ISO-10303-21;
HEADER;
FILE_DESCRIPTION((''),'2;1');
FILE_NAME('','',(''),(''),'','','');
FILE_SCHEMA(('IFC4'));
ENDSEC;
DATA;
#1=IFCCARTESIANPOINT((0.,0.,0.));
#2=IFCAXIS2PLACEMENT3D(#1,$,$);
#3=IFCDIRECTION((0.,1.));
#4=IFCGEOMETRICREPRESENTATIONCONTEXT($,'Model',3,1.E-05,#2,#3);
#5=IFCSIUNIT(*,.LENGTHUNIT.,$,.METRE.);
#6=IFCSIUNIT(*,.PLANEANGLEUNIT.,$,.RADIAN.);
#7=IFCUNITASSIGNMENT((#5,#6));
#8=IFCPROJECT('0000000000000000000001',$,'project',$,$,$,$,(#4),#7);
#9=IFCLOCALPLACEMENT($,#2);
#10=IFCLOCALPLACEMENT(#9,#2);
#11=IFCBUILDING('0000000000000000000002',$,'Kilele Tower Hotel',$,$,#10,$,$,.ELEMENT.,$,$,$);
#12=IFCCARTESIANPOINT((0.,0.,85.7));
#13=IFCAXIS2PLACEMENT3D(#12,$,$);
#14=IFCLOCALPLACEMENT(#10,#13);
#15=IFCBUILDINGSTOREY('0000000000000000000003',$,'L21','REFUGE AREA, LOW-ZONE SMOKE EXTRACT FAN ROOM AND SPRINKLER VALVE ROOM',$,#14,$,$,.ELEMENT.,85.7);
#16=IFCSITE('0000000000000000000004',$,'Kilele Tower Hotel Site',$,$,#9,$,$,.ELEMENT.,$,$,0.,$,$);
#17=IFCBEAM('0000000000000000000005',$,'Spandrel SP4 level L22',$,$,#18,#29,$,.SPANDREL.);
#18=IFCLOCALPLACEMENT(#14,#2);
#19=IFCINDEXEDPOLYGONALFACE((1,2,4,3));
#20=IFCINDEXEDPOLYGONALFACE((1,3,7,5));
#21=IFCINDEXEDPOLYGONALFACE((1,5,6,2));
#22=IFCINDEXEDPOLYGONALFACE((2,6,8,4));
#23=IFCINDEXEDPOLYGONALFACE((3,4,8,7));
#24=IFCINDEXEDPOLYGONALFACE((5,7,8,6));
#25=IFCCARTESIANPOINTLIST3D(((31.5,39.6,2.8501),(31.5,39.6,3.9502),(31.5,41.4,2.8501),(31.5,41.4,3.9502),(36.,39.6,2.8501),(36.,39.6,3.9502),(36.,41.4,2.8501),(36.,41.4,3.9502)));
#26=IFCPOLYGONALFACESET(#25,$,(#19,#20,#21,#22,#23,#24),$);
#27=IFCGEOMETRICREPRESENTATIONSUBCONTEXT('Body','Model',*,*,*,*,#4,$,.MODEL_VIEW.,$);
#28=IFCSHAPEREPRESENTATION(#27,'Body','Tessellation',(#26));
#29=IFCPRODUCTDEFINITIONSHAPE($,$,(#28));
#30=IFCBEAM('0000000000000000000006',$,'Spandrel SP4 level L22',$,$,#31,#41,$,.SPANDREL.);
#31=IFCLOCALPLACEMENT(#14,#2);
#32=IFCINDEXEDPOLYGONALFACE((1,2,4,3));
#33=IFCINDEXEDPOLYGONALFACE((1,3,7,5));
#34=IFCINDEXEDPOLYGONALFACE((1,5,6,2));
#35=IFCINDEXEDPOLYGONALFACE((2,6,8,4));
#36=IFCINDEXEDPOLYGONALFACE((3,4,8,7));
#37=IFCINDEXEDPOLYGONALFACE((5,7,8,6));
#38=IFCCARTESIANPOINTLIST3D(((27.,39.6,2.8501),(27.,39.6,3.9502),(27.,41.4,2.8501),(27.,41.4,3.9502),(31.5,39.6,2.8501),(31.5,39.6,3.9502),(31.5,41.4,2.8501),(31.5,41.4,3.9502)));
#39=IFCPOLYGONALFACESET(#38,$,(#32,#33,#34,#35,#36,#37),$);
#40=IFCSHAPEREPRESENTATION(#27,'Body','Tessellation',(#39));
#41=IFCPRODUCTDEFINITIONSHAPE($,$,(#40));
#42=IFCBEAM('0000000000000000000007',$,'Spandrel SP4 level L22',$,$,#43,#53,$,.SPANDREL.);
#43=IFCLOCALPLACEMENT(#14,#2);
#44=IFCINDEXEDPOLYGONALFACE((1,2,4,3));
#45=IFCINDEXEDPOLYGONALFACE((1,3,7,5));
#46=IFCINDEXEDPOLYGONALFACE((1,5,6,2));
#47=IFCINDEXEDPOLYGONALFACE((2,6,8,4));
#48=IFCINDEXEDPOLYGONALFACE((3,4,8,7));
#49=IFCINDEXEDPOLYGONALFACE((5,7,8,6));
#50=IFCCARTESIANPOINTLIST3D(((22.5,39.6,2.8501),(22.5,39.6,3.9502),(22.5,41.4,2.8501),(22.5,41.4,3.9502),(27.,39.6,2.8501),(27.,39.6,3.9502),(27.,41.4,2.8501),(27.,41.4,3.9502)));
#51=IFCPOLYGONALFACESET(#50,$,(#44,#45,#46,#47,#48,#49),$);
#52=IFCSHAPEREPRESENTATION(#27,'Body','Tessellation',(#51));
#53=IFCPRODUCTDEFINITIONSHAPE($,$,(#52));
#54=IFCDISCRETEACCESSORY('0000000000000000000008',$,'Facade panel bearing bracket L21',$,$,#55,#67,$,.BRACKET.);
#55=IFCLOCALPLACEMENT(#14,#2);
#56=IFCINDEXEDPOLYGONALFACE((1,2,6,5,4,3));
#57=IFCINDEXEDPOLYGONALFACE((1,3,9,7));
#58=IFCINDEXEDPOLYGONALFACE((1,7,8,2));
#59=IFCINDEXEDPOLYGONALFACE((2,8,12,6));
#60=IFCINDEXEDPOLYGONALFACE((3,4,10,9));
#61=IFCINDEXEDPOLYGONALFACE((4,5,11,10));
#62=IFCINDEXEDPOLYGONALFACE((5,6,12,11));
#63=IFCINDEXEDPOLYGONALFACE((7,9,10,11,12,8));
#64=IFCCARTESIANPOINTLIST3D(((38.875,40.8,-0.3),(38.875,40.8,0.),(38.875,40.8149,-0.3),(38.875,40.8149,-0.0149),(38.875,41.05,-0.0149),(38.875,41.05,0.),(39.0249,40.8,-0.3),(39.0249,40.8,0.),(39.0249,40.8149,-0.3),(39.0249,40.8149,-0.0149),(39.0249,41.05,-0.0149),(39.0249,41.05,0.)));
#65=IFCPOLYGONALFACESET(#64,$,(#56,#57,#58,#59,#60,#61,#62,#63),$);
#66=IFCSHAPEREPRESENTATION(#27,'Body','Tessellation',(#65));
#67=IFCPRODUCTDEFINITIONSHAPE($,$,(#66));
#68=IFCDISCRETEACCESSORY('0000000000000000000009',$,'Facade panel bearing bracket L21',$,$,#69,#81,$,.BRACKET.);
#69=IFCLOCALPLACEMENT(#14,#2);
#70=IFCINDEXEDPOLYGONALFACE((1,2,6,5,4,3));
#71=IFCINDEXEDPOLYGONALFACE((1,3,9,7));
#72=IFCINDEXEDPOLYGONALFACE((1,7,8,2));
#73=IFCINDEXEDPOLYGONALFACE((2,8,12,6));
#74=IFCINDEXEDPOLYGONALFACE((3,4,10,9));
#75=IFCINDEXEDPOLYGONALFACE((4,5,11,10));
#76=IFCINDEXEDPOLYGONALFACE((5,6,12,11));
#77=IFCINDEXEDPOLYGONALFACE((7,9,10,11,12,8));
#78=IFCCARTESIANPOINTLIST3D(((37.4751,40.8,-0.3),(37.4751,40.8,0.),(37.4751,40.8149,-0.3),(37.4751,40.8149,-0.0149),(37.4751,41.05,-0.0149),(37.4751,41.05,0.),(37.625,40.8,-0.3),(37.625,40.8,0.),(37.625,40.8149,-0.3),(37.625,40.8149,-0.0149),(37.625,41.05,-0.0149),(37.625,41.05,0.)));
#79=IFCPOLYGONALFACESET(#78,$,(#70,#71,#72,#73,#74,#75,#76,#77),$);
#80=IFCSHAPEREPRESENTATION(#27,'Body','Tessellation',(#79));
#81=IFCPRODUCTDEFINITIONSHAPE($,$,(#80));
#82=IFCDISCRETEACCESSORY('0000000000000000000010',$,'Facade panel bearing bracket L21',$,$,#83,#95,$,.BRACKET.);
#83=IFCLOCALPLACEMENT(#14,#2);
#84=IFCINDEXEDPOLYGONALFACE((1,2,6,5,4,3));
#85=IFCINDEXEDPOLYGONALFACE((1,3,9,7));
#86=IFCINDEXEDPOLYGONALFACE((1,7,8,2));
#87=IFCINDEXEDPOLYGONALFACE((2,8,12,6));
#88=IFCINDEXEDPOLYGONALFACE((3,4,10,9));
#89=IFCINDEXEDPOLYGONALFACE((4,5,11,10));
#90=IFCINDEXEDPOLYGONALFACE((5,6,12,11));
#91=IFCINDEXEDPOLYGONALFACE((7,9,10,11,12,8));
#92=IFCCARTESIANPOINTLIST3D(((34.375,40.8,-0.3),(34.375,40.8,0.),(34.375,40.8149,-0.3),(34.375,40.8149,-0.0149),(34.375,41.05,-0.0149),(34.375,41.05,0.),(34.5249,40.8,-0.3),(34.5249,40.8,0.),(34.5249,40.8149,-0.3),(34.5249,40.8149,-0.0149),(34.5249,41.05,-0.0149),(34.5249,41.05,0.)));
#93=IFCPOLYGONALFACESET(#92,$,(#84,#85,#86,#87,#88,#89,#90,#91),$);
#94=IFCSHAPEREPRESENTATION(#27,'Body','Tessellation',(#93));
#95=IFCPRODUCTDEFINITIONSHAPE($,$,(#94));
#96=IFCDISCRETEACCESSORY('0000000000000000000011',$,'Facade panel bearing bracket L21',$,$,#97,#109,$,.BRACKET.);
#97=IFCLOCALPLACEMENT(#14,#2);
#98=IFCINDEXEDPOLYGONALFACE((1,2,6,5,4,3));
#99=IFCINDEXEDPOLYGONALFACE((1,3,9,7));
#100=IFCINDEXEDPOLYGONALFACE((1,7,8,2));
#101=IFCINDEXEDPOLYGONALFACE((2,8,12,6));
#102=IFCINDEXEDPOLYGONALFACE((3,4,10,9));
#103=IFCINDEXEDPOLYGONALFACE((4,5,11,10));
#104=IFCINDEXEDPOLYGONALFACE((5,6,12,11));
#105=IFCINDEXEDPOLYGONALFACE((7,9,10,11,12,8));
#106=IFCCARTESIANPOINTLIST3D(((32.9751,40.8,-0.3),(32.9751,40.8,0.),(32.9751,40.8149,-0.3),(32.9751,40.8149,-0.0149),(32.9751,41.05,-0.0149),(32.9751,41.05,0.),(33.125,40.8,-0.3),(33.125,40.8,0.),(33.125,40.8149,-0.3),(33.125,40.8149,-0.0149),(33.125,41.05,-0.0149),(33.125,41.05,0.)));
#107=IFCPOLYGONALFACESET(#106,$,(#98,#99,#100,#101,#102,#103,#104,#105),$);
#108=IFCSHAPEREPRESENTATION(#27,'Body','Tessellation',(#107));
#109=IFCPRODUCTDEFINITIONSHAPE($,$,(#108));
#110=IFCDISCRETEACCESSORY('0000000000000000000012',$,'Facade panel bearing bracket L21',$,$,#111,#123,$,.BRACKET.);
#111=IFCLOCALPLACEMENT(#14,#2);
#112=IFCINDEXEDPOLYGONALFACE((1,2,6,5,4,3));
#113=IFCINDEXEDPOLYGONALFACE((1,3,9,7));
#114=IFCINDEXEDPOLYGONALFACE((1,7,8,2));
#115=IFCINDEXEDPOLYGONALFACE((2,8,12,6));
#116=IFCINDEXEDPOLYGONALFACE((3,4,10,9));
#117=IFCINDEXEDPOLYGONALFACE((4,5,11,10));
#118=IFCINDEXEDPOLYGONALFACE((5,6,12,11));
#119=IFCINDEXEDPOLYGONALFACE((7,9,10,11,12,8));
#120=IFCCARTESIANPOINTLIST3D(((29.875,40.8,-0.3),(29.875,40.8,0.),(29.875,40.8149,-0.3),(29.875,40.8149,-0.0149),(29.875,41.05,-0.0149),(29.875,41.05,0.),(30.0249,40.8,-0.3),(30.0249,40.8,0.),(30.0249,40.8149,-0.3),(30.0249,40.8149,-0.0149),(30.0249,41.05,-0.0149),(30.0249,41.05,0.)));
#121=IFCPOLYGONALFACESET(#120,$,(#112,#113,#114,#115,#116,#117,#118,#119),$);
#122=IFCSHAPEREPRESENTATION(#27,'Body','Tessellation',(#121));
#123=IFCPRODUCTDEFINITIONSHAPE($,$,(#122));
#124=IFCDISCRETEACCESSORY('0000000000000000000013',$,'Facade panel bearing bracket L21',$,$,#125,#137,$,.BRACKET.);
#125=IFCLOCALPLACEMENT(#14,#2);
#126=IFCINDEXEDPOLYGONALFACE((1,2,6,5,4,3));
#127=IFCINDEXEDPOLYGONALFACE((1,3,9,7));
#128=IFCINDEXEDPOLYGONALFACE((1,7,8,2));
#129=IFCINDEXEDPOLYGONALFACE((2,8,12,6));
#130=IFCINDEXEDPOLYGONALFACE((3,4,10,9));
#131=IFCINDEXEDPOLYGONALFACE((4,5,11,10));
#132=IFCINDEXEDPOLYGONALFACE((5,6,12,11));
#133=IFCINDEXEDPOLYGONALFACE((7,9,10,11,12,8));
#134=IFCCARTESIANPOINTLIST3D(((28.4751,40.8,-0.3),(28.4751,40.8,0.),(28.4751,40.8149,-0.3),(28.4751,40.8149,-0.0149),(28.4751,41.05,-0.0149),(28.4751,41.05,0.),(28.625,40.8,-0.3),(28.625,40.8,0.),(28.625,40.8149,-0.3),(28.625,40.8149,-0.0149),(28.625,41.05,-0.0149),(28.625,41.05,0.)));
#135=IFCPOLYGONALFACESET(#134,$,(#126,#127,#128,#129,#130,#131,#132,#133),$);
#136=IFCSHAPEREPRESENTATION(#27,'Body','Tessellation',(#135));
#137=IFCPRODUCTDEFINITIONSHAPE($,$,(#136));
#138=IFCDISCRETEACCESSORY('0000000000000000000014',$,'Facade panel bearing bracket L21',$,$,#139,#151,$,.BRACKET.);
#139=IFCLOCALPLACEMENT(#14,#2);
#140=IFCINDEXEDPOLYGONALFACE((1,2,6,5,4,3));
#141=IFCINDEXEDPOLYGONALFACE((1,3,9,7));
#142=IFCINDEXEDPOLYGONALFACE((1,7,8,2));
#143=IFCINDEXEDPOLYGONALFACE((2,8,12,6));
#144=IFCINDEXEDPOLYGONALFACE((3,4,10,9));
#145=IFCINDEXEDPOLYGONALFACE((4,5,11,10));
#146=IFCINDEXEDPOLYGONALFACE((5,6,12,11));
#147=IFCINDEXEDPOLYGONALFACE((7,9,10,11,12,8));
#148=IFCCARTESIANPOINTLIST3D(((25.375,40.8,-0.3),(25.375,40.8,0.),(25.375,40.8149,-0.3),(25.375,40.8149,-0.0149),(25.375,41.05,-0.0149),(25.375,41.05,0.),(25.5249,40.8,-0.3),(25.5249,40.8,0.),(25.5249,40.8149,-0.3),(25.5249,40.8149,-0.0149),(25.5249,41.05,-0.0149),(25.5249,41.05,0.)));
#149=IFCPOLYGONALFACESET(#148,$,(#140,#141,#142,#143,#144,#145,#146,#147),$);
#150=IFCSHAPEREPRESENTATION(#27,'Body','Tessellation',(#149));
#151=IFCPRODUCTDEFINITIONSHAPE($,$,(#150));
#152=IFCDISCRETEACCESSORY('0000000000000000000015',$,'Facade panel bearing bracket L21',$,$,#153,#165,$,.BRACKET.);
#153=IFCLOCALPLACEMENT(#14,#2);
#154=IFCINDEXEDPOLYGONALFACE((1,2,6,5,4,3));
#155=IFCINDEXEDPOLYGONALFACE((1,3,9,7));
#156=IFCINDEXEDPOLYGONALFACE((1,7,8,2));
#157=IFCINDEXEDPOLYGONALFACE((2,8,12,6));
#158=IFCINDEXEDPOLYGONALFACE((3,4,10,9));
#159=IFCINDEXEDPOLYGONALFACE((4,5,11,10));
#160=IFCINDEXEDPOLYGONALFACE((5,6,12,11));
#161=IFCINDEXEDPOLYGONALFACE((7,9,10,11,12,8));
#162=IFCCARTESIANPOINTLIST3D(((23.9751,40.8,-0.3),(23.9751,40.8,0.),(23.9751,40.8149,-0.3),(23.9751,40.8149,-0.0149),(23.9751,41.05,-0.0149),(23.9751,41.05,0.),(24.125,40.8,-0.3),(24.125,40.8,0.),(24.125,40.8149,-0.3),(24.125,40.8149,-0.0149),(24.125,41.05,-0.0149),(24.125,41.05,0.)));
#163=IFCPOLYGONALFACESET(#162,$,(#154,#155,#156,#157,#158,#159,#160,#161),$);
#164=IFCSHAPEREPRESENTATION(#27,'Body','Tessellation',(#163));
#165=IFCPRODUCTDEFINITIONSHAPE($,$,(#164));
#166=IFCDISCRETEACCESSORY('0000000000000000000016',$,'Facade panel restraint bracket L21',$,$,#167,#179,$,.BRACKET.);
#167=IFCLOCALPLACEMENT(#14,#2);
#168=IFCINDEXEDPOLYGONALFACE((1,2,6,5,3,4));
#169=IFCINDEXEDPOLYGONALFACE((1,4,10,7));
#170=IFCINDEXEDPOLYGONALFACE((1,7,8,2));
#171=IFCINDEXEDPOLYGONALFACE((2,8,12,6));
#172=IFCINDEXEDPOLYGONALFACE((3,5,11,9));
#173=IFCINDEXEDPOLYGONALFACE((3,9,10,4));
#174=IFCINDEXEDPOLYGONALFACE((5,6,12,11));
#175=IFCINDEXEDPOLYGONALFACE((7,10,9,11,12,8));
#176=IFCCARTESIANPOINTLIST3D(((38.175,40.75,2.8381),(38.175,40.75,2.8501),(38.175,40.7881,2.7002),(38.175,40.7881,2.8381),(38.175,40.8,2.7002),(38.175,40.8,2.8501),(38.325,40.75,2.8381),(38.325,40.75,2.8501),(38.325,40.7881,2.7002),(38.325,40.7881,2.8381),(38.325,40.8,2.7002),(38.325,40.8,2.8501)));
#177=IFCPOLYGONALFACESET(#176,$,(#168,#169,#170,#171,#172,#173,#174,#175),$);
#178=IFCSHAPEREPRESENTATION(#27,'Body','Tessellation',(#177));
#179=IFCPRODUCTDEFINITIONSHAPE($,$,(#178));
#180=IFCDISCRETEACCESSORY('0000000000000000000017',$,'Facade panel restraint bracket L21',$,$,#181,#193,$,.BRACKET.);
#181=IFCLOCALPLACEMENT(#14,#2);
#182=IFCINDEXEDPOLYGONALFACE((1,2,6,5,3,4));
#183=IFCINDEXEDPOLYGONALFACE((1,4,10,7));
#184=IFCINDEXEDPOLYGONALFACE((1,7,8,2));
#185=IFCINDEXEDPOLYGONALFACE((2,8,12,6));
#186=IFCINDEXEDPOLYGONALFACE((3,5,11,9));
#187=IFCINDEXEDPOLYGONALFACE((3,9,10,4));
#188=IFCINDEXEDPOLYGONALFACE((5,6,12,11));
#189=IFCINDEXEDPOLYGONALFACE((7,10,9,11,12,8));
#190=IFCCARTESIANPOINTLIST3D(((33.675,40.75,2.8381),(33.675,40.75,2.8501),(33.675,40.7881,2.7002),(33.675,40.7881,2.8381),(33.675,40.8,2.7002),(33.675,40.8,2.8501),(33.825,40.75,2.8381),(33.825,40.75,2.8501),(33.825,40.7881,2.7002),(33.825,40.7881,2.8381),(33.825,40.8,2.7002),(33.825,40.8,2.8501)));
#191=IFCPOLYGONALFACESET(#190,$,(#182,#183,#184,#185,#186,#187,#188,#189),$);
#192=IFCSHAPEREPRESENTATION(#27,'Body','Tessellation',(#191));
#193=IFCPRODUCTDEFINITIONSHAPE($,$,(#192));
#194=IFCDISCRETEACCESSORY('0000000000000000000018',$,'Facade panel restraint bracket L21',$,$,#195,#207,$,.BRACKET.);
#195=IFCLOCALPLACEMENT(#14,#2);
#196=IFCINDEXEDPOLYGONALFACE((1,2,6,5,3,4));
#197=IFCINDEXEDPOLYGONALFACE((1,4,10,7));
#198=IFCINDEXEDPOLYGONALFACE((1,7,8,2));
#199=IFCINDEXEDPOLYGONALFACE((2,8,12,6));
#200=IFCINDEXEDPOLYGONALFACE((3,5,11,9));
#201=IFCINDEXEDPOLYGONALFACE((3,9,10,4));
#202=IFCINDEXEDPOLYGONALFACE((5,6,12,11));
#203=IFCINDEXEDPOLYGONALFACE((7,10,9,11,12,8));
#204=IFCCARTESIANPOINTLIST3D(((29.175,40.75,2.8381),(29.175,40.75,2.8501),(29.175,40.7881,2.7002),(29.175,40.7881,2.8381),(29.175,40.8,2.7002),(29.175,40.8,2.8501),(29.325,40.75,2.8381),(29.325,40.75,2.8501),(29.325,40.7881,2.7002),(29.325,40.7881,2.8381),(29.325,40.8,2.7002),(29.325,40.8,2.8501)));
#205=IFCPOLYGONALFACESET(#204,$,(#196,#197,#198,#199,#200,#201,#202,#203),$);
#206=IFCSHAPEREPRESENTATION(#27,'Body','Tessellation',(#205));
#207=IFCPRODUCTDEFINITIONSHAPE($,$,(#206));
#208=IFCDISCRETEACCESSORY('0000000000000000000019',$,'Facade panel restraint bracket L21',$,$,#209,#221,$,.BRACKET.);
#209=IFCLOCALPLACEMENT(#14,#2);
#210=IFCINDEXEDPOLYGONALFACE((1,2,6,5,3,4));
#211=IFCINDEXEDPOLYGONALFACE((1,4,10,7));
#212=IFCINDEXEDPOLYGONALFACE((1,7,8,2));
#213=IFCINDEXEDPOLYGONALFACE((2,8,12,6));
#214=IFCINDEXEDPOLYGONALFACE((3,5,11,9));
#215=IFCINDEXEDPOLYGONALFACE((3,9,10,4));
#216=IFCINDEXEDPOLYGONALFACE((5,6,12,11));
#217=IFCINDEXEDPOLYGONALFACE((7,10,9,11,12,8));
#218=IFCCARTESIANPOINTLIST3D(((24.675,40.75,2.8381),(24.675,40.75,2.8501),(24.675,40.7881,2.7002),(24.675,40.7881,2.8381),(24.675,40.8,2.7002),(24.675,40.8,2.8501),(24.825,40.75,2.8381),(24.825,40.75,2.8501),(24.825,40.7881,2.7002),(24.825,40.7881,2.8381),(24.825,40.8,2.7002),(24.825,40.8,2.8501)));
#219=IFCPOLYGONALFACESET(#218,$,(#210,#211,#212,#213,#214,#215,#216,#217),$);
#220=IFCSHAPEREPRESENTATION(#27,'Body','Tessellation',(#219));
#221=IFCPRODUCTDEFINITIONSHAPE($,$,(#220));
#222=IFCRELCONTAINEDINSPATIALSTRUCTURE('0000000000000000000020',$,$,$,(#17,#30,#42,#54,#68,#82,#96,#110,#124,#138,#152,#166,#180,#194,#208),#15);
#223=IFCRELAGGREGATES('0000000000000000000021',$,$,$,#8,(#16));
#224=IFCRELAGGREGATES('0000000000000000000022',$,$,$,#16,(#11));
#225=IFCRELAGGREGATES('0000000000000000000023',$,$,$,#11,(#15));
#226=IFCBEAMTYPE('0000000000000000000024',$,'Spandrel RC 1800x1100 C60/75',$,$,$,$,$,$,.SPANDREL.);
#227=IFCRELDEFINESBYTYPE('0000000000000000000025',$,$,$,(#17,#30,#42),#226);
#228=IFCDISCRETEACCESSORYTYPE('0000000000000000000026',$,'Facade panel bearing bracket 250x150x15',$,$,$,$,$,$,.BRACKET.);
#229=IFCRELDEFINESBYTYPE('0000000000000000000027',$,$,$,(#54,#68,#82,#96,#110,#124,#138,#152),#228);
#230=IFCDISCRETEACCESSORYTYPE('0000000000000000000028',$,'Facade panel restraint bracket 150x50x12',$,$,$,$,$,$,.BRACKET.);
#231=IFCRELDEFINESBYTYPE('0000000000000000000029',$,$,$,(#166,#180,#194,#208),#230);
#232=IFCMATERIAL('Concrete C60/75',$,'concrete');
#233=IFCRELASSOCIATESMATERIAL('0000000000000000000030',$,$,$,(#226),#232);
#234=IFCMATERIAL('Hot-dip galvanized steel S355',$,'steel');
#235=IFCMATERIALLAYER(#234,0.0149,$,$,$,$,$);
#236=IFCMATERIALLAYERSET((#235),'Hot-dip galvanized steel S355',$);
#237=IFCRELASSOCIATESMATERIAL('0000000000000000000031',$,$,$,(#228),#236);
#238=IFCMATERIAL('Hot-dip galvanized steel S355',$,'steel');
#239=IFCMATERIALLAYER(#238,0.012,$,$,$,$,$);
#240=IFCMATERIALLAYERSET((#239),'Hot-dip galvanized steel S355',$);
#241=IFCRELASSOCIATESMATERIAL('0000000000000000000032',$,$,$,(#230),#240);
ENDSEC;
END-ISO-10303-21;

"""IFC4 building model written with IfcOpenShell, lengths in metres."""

from ifc_helpers import new_model, si_unit, direction, frame, origin, origin_2d, place, context, subcontext, project, spatial, polyline, rectangle, outline, extrude, source, transform, mapped, material, layer, layer_set, material_profile, profile_set, type_object, element, save


model = new_model("IFC4")

# Units and contexts
model_context = context("Model", 3, precision=1e-05, world=origin(), true_north=direction((0.0, 1.0)))
body_context = subcontext(model_context, "Body", "Model", "MODEL_VIEW")
ifc_project = project(units=[si_unit("LENGTHUNIT", "METRE"), si_unit("PLANEANGLEUNIT", "RADIAN")], contexts=[model_context])

# Site, building, storey
site_placement = place(None, origin())
site = spatial("IfcSite", under=ifc_project, at=site_placement, Name="Kilele Tower Hotel Site", CompositionType="ELEMENT", RefElevation=0.0)
building_placement = place(site_placement, origin())
building = spatial("IfcBuilding", under=site, at=building_placement, Name="Kilele Tower Hotel", CompositionType="ELEMENT")
storey_placement = place(building_placement, frame((0.0, 0.0, 85.7)))
storey = spatial("IfcBuildingStorey", under=building, at=storey_placement, Name="L21", Description="REFUGE AREA, LOW-ZONE SMOKE EXTRACT FAN ROOM AND SPRINKLER VALVE ROOM", CompositionType="ELEMENT", Elevation=85.7)

# Beams
ifc_material_1 = material(Name="Concrete C60/75", Category="concrete")
ifc_material_profile_1 = material_profile(ifc_material_1, rectangle(XDim=1.8, YDim=1.1001, at=origin_2d()))
ifc_profile_set_1 = profile_set([ifc_material_profile_1], Name="Concrete C60/75")
beam_type_1 = type_object("IfcBeamType", Name="Spandrel RC 1800x1100 C60/75", PredefinedType="SPANDREL", material=ifc_profile_set_1)
for number, where, z_axis, x_axis, name in (
    (1, (36.0, 40.5, 3.4001), (-1.0, 0.0, 0.0), (0.0, -1.0, 0.0), "Spandrel SP4 level L22"),
    (2, (31.5, 40.5, 3.4001), (-1.0, 0.0, 0.0), (0.0, -1.0, 0.0), "Spandrel SP4 level L22"),
    (3, (27.0, 40.5, 3.4001), (-1.0, 0.0, 0.0), (0.0, -1.0, 0.0), "Spandrel SP4 level L22"),
):
    element("IfcBeam", number, at=place(storey_placement, frame(where, z_axis=z_axis, x_axis=x_axis)), inside=storey, type_object=beam_type_1, Name=name, PredefinedType="SPANDREL", context=body_context, shape_type="SweptSolid", body=[
        extrude(rectangle(XDim=1.8, YDim=1.1001, at=origin_2d()), origin(), (0.0, 0.0, 1.0), 4.5),
    ])

# Discrete accessories
ifc_material_2 = material(Name="Hot-dip galvanized steel S355", Category="steel")
ifc_layer_1 = layer(ifc_material_2, 0.0149)
ifc_layer_set_1 = layer_set([ifc_layer_1], Name="Hot-dip galvanized steel S355")
discrete_accessory_type_1 = type_object("IfcDiscreteAccessoryType", Name="Facade panel bearing bracket 250x150x15", PredefinedType="BRACKET", material=ifc_layer_set_1)
shared_shape_1 = source(origin(), body_context, "Body", "SweptSolid", [
    extrude(outline(polyline([(0.0, 0.0), (0.25, 0.0), (0.25, -0.0149), (0.0149, -0.0149), (0.0149, -0.3), (0.0, -0.3), (0.0, 0.0)])), origin(), (0.0, 0.0, 1.0), 0.1499),
])
for number, where, z_axis, x_axis, name in (
    (4, (38.875, 40.8, 0.0), (1.0, 0.0, 0.0), (0.0, 1.0, 0.0), "Facade panel bearing bracket L21"),
    (5, (37.4751, 40.8, 0.0), (1.0, 0.0, 0.0), (0.0, 1.0, 0.0), "Facade panel bearing bracket L21"),
    (6, (34.375, 40.8, 0.0), (1.0, 0.0, 0.0), (0.0, 1.0, 0.0), "Facade panel bearing bracket L21"),
    (7, (32.9751, 40.8, 0.0), (1.0, 0.0, 0.0), (0.0, 1.0, 0.0), "Facade panel bearing bracket L21"),
    (8, (29.875, 40.8, 0.0), (1.0, 0.0, 0.0), (0.0, 1.0, 0.0), "Facade panel bearing bracket L21"),
    (9, (28.4751, 40.8, 0.0), (1.0, 0.0, 0.0), (0.0, 1.0, 0.0), "Facade panel bearing bracket L21"),
    (10, (25.375, 40.8, 0.0), (1.0, 0.0, 0.0), (0.0, 1.0, 0.0), "Facade panel bearing bracket L21"),
    (11, (23.9751, 40.8, 0.0), (1.0, 0.0, 0.0), (0.0, 1.0, 0.0), "Facade panel bearing bracket L21"),
):
    element("IfcDiscreteAccessory", number, at=place(storey_placement, frame(where, z_axis=z_axis, x_axis=x_axis)), inside=storey, type_object=discrete_accessory_type_1, Name=name, PredefinedType="BRACKET", context=body_context, shape_type="MappedRepresentation", body=[
        mapped(shared_shape_1, transform((0.0, 0.0, 0.0))),
    ])
ifc_material_3 = material(Name="Hot-dip galvanized steel S355", Category="steel")
ifc_layer_2 = layer(ifc_material_3, 0.012)
ifc_layer_set_2 = layer_set([ifc_layer_2], Name="Hot-dip galvanized steel S355")
discrete_accessory_type_2 = type_object("IfcDiscreteAccessoryType", Name="Facade panel restraint bracket 150x50x12", PredefinedType="BRACKET", material=ifc_layer_set_2)
shared_shape_2 = source(origin(), body_context, "Body", "SweptSolid", [
    extrude(outline(polyline([(0.0, 0.0), (0.0, -0.1499), (-0.012, -0.1499), (-0.012, -0.012), (-0.05, -0.012), (-0.05, 0.0), (0.0, 0.0)])), origin(), (0.0, 0.0, 1.0), 0.1499),
])
for number, where, z_axis, x_axis, name in (
    (12, (38.175, 40.8, 2.8501), (1.0, 0.0, 0.0), (0.0, 1.0, 0.0), "Facade panel restraint bracket L21"),
    (13, (33.675, 40.8, 2.8501), (1.0, 0.0, 0.0), (0.0, 1.0, 0.0), "Facade panel restraint bracket L21"),
    (14, (29.175, 40.8, 2.8501), (1.0, 0.0, 0.0), (0.0, 1.0, 0.0), "Facade panel restraint bracket L21"),
    (15, (24.675, 40.8, 2.8501), (1.0, 0.0, 0.0), (0.0, 1.0, 0.0), "Facade panel restraint bracket L21"),
):
    element("IfcDiscreteAccessory", number, at=place(storey_placement, frame(where, z_axis=z_axis, x_axis=x_axis)), inside=storey, type_object=discrete_accessory_type_2, Name=name, PredefinedType="BRACKET", context=body_context, shape_type="MappedRepresentation", body=[
        mapped(shared_shape_2, transform((0.0, 0.0, 0.0))),
    ])

save(model, "model.ifc")
